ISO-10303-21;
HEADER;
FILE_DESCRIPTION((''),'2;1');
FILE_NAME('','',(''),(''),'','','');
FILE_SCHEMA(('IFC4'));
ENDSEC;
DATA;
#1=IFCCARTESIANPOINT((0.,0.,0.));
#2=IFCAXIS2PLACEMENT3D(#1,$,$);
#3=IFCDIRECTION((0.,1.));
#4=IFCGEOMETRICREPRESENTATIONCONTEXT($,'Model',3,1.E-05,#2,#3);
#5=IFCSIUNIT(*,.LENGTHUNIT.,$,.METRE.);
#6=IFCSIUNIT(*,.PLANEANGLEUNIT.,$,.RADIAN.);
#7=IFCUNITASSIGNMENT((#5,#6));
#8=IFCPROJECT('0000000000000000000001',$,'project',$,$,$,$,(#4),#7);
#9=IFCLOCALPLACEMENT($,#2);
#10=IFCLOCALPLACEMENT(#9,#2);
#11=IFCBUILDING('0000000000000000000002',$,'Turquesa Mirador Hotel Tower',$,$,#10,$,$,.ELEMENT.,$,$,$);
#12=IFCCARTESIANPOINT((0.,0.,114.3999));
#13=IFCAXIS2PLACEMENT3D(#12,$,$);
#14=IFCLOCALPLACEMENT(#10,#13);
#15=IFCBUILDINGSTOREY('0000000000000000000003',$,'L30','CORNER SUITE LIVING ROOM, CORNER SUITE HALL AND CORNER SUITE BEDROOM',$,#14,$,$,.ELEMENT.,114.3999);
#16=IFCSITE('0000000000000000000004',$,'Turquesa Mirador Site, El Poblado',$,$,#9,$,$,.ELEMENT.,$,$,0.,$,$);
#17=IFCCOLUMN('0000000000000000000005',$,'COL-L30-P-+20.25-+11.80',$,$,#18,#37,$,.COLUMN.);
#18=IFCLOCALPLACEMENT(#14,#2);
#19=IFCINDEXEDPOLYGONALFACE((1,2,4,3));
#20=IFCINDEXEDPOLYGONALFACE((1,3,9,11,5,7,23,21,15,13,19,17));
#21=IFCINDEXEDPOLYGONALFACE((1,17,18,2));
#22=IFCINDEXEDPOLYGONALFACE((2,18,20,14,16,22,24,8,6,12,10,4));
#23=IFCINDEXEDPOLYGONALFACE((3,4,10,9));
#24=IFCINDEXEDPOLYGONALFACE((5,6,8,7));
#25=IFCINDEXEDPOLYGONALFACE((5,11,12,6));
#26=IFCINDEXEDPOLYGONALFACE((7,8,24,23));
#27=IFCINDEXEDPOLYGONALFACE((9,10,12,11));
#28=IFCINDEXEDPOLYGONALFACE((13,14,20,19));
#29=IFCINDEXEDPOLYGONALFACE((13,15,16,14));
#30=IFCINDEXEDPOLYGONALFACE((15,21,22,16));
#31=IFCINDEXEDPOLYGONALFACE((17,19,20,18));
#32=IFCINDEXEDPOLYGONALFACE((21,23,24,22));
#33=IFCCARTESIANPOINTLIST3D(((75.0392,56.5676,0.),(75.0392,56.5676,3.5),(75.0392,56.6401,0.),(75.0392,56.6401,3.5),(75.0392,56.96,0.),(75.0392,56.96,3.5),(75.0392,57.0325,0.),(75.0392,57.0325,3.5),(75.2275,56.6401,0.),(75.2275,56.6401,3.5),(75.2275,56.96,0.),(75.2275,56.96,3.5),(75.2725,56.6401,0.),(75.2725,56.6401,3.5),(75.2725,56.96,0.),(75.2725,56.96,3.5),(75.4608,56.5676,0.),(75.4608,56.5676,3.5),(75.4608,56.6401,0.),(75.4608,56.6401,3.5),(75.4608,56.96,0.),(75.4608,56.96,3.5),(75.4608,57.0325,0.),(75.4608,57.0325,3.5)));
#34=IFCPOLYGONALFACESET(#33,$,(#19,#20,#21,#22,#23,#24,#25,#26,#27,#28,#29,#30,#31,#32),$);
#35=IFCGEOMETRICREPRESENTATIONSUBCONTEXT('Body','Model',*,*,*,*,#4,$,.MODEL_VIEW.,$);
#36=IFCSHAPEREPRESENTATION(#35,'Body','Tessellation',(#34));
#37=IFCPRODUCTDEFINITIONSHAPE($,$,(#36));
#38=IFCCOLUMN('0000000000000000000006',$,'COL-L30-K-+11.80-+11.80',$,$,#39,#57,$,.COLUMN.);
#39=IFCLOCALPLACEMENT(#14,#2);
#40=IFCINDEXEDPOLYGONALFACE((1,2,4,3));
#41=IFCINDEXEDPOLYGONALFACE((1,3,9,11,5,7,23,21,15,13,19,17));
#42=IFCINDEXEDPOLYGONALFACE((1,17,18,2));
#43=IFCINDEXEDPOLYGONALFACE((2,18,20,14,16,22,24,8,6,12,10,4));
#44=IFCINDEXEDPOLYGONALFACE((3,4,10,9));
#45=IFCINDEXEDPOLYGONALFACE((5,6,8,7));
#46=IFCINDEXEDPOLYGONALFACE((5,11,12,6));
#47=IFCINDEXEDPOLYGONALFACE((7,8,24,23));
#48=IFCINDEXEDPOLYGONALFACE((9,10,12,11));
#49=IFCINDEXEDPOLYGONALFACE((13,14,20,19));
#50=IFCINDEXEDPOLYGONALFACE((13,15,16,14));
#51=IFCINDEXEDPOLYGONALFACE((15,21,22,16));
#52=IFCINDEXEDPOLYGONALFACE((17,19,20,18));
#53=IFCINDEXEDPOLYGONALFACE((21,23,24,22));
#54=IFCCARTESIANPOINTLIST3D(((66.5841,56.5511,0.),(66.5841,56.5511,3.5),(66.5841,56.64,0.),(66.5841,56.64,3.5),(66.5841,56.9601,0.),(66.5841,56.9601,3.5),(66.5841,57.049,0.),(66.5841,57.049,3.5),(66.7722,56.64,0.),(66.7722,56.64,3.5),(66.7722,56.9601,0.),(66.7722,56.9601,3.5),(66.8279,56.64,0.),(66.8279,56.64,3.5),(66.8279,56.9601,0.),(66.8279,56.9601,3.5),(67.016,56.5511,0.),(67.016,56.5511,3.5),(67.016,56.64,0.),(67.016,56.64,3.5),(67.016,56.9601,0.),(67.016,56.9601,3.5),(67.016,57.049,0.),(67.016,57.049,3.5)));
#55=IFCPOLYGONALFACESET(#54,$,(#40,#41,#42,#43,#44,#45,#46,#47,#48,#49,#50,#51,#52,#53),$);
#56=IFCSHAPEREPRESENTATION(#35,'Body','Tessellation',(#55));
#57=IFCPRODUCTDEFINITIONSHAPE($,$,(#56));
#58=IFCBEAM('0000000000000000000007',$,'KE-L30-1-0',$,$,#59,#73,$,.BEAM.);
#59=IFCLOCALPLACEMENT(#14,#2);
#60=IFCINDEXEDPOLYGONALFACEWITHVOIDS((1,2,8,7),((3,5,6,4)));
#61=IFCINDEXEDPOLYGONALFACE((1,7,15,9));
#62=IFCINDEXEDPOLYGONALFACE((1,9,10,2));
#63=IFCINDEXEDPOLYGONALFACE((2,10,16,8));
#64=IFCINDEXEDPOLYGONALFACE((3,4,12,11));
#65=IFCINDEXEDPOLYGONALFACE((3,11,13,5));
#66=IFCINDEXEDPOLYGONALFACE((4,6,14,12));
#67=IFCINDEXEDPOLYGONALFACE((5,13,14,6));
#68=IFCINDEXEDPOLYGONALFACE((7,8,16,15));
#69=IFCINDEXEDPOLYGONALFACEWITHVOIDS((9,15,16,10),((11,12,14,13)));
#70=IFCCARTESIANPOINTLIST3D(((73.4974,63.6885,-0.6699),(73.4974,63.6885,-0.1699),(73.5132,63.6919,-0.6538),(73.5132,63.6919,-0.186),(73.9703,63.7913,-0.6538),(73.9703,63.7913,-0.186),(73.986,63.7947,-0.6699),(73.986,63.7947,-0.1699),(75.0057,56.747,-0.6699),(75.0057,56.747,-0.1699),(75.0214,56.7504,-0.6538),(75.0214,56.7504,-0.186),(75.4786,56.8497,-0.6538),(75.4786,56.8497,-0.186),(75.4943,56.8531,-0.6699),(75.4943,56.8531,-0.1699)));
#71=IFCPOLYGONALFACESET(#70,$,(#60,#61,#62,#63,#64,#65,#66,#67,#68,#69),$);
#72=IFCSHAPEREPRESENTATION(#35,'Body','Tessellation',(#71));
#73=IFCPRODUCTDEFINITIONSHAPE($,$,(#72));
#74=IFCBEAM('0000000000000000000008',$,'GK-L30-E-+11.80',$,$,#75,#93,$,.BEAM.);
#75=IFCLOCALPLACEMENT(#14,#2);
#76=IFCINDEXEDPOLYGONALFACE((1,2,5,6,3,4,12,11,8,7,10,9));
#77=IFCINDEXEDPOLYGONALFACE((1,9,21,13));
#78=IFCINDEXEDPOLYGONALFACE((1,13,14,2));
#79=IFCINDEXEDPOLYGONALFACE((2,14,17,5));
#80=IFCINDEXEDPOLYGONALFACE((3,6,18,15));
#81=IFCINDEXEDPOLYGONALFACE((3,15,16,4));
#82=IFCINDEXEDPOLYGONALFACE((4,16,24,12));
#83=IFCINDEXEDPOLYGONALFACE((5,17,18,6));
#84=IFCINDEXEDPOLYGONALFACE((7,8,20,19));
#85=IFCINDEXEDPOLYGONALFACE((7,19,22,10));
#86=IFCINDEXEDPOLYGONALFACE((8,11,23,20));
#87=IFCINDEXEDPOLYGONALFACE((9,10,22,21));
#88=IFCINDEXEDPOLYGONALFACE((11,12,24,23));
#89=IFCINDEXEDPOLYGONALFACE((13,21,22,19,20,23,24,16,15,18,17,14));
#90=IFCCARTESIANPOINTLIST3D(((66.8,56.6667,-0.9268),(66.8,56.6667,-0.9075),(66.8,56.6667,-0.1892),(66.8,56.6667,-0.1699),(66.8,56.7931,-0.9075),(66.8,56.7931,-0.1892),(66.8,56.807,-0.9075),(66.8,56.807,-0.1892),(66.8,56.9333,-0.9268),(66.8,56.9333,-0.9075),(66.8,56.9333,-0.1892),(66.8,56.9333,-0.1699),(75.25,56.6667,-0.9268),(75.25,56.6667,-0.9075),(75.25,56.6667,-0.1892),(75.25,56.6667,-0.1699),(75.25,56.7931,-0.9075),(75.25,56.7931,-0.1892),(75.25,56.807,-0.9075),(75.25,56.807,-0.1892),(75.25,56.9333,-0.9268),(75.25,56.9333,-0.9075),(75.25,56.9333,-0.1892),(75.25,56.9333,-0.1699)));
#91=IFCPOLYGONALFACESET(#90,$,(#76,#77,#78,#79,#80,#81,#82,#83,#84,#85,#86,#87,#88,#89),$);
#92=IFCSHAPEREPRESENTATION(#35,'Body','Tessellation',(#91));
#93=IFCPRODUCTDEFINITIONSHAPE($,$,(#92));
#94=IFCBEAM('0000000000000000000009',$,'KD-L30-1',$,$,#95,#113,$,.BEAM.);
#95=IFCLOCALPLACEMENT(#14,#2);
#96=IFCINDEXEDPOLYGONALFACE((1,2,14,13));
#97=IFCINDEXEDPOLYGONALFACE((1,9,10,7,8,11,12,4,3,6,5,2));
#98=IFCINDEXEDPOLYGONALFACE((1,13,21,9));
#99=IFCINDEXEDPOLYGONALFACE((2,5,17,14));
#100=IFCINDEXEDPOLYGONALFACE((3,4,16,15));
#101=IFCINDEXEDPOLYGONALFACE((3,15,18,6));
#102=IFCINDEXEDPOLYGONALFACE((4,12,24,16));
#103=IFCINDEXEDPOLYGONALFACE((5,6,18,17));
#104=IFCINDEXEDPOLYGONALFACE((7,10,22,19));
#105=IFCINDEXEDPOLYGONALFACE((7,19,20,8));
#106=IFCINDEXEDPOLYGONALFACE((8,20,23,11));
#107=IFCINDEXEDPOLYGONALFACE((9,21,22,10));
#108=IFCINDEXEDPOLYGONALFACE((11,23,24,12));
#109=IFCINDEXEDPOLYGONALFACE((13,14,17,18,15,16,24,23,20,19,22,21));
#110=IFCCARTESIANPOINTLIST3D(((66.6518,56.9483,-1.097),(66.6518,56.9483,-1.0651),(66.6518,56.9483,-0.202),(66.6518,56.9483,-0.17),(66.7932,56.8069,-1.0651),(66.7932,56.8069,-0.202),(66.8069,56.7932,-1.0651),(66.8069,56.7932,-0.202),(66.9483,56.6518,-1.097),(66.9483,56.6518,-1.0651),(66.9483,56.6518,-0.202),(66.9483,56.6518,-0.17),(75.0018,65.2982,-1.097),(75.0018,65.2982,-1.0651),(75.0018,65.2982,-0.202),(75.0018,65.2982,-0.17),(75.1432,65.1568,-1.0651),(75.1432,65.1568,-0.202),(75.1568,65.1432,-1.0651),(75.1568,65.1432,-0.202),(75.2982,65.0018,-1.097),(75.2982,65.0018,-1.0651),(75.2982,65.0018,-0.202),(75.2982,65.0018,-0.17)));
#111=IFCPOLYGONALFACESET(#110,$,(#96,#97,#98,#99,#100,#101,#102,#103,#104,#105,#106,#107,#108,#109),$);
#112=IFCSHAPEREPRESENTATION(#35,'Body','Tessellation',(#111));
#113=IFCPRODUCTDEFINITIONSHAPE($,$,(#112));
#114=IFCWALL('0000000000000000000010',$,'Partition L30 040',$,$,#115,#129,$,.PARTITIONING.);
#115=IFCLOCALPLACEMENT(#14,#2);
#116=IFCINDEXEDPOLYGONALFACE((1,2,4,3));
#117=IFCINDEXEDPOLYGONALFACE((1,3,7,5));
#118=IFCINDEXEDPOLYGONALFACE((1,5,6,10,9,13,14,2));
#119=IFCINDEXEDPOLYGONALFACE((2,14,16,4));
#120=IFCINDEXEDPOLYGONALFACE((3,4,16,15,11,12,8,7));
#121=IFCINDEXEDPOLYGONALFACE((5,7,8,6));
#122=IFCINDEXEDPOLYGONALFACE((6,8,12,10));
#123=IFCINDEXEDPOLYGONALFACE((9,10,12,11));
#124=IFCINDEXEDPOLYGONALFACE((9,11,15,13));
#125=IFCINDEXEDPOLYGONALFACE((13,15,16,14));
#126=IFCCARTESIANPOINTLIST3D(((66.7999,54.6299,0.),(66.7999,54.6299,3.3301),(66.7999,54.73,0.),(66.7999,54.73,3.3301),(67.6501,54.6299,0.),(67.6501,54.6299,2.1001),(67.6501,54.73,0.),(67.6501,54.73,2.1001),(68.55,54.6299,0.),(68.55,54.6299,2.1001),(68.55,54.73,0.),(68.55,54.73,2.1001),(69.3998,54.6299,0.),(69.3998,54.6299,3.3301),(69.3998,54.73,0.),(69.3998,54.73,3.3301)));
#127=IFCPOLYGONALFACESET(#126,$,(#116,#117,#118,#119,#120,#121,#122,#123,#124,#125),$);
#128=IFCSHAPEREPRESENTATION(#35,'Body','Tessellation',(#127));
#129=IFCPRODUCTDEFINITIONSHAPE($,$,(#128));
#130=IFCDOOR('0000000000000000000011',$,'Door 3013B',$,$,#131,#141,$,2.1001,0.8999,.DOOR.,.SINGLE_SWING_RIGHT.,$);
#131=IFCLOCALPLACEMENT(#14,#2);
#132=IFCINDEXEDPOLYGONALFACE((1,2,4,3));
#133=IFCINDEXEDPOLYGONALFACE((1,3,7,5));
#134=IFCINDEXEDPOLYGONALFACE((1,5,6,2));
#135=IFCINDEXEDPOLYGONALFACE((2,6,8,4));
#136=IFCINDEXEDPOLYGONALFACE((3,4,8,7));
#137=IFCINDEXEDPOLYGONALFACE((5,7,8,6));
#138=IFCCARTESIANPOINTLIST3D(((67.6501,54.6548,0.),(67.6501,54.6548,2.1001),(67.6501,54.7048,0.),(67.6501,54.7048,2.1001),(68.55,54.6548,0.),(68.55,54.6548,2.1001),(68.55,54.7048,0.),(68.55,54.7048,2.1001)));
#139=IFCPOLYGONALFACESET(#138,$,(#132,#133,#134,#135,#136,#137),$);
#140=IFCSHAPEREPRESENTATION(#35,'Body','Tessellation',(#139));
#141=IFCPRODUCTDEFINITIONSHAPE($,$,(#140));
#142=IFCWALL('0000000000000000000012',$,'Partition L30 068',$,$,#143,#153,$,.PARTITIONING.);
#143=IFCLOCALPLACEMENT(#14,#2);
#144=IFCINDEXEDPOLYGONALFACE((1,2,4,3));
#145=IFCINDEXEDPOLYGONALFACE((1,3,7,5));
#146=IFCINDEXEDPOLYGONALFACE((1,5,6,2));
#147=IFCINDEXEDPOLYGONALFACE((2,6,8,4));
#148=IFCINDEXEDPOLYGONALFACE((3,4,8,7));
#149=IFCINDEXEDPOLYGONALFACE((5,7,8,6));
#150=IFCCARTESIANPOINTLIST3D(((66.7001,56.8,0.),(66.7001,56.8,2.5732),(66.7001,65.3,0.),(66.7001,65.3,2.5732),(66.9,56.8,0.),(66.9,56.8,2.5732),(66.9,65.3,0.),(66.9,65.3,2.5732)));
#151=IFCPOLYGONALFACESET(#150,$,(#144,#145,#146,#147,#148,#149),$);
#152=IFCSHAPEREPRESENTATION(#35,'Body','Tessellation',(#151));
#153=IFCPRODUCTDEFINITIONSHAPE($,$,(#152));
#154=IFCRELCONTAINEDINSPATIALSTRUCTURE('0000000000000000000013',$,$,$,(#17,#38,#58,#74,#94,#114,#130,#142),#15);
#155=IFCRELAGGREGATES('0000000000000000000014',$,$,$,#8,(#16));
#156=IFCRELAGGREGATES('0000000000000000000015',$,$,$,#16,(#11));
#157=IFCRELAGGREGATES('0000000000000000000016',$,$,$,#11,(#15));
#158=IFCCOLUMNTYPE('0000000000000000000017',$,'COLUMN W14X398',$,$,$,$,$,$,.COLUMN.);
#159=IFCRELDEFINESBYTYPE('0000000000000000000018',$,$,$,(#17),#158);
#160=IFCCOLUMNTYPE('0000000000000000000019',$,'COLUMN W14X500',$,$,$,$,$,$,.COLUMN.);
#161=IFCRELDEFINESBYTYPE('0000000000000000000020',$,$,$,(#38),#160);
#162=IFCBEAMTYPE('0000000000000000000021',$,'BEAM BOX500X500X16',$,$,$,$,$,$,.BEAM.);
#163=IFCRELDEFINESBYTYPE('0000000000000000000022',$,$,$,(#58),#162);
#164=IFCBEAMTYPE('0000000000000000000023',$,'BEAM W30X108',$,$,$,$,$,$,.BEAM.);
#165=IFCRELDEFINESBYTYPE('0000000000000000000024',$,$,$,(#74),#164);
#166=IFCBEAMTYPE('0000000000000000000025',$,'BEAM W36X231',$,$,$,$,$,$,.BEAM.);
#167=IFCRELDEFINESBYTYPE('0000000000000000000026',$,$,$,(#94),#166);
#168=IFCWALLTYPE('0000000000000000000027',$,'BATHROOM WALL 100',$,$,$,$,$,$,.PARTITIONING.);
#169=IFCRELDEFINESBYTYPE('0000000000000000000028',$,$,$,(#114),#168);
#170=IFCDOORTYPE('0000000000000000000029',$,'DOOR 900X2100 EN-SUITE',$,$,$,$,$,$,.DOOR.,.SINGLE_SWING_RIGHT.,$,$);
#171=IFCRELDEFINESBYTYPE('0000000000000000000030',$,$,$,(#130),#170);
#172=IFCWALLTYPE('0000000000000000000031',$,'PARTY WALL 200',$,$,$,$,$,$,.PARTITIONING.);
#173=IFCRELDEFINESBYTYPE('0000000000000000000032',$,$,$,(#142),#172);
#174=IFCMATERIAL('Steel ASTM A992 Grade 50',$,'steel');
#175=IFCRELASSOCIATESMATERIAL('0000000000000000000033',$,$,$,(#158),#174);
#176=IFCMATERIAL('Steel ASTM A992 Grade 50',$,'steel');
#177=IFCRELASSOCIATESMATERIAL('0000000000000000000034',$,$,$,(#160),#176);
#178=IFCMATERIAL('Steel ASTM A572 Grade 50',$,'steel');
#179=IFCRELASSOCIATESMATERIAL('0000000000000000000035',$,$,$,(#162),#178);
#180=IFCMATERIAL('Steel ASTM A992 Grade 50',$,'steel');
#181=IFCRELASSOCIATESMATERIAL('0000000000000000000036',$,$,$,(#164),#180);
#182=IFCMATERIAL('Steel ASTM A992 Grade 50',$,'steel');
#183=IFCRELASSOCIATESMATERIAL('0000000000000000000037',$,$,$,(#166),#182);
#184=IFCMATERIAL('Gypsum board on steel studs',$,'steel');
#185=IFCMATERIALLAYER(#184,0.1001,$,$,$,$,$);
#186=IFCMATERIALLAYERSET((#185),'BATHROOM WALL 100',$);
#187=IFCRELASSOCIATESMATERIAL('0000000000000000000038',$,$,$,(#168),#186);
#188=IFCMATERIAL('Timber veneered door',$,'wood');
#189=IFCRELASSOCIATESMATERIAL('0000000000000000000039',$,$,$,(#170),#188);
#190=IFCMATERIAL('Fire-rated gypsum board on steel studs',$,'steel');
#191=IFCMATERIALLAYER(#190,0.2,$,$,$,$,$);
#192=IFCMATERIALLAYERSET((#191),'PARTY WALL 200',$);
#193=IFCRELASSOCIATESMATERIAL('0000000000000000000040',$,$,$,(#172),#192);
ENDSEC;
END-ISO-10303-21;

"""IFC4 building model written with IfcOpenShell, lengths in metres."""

from ifc_helpers import new_model, si_unit, direction, frame, frame_2d, origin, origin_2d, place, context, subcontext, project, spatial, rectangle, hollow_rectangle, i_section, extrude, material, layer, layer_set, material_profile, profile_set, type_object, element, fill, save


model = new_model("IFC4")

# Units and contexts
model_context = context("Model", 3, precision=1e-05, world=origin(), true_north=direction((0.0, 1.0)))
body_context = subcontext(model_context, "Body", "Model", "MODEL_VIEW")
ifc_project = project(units=[si_unit("LENGTHUNIT", "METRE"), si_unit("PLANEANGLEUNIT", "RADIAN")], contexts=[model_context])

# Site, building, storey
site_placement = place(None, origin())
site = spatial("IfcSite", under=ifc_project, at=site_placement, Name="Turquesa Mirador Site, El Poblado", CompositionType="ELEMENT", RefElevation=0.0)
building_placement = place(site_placement, origin())
building = spatial("IfcBuilding", under=site, at=building_placement, Name="Turquesa Mirador Hotel Tower", CompositionType="ELEMENT")
storey_placement = place(building_placement, frame((0.0, 0.0, 114.3999)))
storey = spatial("IfcBuildingStorey", under=building, at=storey_placement, Name="L30", Description="CORNER SUITE LIVING ROOM, CORNER SUITE HALL AND CORNER SUITE BEDROOM", CompositionType="ELEMENT", Elevation=114.3999)

# Columns
ifc_material_1 = material(Name="Steel ASTM A992 Grade 50", Category="steel")
ifc_material_profile_1 = material_profile(ifc_material_1, i_section(OverallWidth=0.4216, OverallDepth=0.4648, WebThickness=0.0449, FlangeThickness=0.0725, at=origin_2d()), Name="W14X398")
ifc_profile_set_1 = profile_set([ifc_material_profile_1], Name="Steel ASTM A992 Grade 50")
column_type_1 = type_object("IfcColumnType", Name="COLUMN W14X398", PredefinedType="COLUMN", material=ifc_profile_set_1)
column_1_placement = place(storey_placement, frame((75.25, 56.8, 0.0), z_axis=(0.0, 0.0, 1.0), x_axis=(1.0, 0.0, 0.0)))
element("IfcColumn", 1, at=column_1_placement, inside=storey, type_object=column_type_1, Name="COL-L30-P-+20.25-+11.80", PredefinedType="COLUMN", context=body_context, shape_type="SweptSolid", body=[
    extrude(i_section(OverallWidth=0.4216, OverallDepth=0.4648, WebThickness=0.0449, FlangeThickness=0.0725, at=origin_2d()), origin(), (0.0, 0.0, 1.0), 3.5),
])
ifc_material_2 = material(Name="Steel ASTM A992 Grade 50", Category="steel")
ifc_material_profile_2 = material_profile(ifc_material_2, i_section(OverallWidth=0.4319, OverallDepth=0.4978, WebThickness=0.0557, FlangeThickness=0.0889, at=origin_2d()), Name="W14X500")
ifc_profile_set_2 = profile_set([ifc_material_profile_2], Name="Steel ASTM A992 Grade 50")
column_type_2 = type_object("IfcColumnType", Name="COLUMN W14X500", PredefinedType="COLUMN", material=ifc_profile_set_2)
column_2_placement = place(storey_placement, frame((66.8, 56.8, 0.0), z_axis=(0.0, 0.0, 1.0), x_axis=(1.0, 0.0, 0.0)))
element("IfcColumn", 2, at=column_2_placement, inside=storey, type_object=column_type_2, Name="COL-L30-K-+11.80-+11.80", PredefinedType="COLUMN", context=body_context, shape_type="SweptSolid", body=[
    extrude(i_section(OverallWidth=0.4319, OverallDepth=0.4978, WebThickness=0.0557, FlangeThickness=0.0889, at=origin_2d()), origin(), (0.0, 0.0, 1.0), 3.5),
])

# Beams
ifc_material_3 = material(Name="Steel ASTM A572 Grade 50", Category="steel")
ifc_material_profile_3 = material_profile(ifc_material_3, hollow_rectangle(XDim=0.5, YDim=0.5, WallThickness=0.0161, at=origin_2d()), Name="BOX500X500X16")
ifc_profile_set_3 = profile_set([ifc_material_profile_3], Name="Steel ASTM A572 Grade 50")
beam_type_1 = type_object("IfcBeamType", Name="BEAM BOX500X500X16", PredefinedType="BEAM", material=ifc_profile_set_3)
beam_1_placement = place(storey_placement, frame((75.25, 56.8, -0.4199), z_axis=(-0.212328, 0.977198, 0.0), x_axis=(-0.977198, -0.212328, 0.0)))
element("IfcBeam", 3, at=beam_1_placement, inside=storey, type_object=beam_type_1, Name="KE-L30-1-0", PredefinedType="BEAM", context=body_context, shape_type="SweptSolid", body=[
    extrude(hollow_rectangle(XDim=0.5, YDim=0.5, WallThickness=0.0161, at=origin_2d()), origin(), (0.0, 0.0, 1.0), 7.1035),
])
ifc_material_4 = material(Name="Steel ASTM A992 Grade 50", Category="steel")
ifc_material_profile_4 = material_profile(ifc_material_4, i_section(OverallWidth=0.2666, OverallDepth=0.7568, WebThickness=0.0139, FlangeThickness=0.0193, at=origin_2d()), Name="W30X108")
ifc_profile_set_4 = profile_set([ifc_material_profile_4], Name="Steel ASTM A992 Grade 50")
beam_type_2 = type_object("IfcBeamType", Name="BEAM W30X108", PredefinedType="BEAM", material=ifc_profile_set_4)
beam_2_placement = place(storey_placement, frame((75.25, 56.8, -0.5483), z_axis=(-1.0, 0.0, 0.0), x_axis=(0.0, -1.0, 0.0)))
element("IfcBeam", 4, at=beam_2_placement, inside=storey, type_object=beam_type_2, Name="GK-L30-E-+11.80", PredefinedType="BEAM", context=body_context, shape_type="SweptSolid", body=[
    extrude(i_section(OverallWidth=0.2666, OverallDepth=0.7568, WebThickness=0.0139, FlangeThickness=0.0193, at=origin_2d()), origin(), (0.0, 0.0, 1.0), 8.45),
])
ifc_material_5 = material(Name="Steel ASTM A992 Grade 50", Category="steel")
ifc_material_profile_5 = material_profile(ifc_material_5, i_section(OverallWidth=0.4192, OverallDepth=0.927, WebThickness=0.0193, FlangeThickness=0.032, at=origin_2d()), Name="W36X231")
ifc_profile_set_5 = profile_set([ifc_material_profile_5], Name="Steel ASTM A992 Grade 50")
beam_type_3 = type_object("IfcBeamType", Name="BEAM W36X231", PredefinedType="BEAM", material=ifc_profile_set_5)
beam_3_placement = place(storey_placement, frame((66.8, 56.8, -0.6335), z_axis=(0.707107, 0.707107, 0.0), x_axis=(-0.707107, 0.707107, 0.0)))
element("IfcBeam", 5, at=beam_3_placement, inside=storey, type_object=beam_type_3, Name="KD-L30-1", PredefinedType="BEAM", context=body_context, shape_type="SweptSolid", body=[
    extrude(i_section(OverallWidth=0.4192, OverallDepth=0.927, WebThickness=0.0193, FlangeThickness=0.032, at=origin_2d()), origin(), (0.0, 0.0, 1.0), 11.8086),
])

# Wall, opening, door
ifc_material_6 = material(Name="Gypsum board on steel studs", Category="steel")
ifc_layer_1 = layer(ifc_material_6, 0.1001)
ifc_layer_set_1 = layer_set([ifc_layer_1], Name="BATHROOM WALL 100")
wall_type_1 = type_object("IfcWallType", Name="BATHROOM WALL 100", PredefinedType="PARTITIONING", material=ifc_layer_set_1)
wall_1_placement = place(storey_placement, frame((66.8, 54.6799, 0.0), z_axis=(0.0, 0.0, 1.0), x_axis=(1.0, 0.0, 0.0)))
wall_1 = element("IfcWall", 6, at=wall_1_placement, inside=storey, type_object=wall_type_1, Name="Partition L30 040", PredefinedType="PARTITIONING", context=body_context, shape_type="SweptSolid", body=[
    extrude(rectangle(XDim=2.5999, YDim=0.1001, at=frame_2d((1.2998, 0.0))), origin(), (0.0, 0.0, 1.0), 3.3301),
])
opening_1_placement = place(wall_1_placement, frame((0.8501, 0.0, 0.0)))
opening_1 = element("IfcOpeningElement", 7, at=opening_1_placement, cuts=wall_1, PredefinedType="OPENING", context=body_context, shape_type="SweptSolid", body=[
    extrude(rectangle(XDim=0.8999, YDim=2.1001, at=frame_2d((0.45, 1.05))), frame((0.0, 0.0601, 0.0), z_axis=(0.0, -1.0, 0.0), x_axis=(1.0, 0.0, 0.0)), (0.0, 0.0, 1.0), 0.1201),
])
ifc_material_7 = material(Name="Timber veneered door", Category="wood")
door_type_1 = type_object("IfcDoorType", Name="DOOR 900X2100 EN-SUITE", OperationType="SINGLE_SWING_RIGHT", PredefinedType="DOOR", material=ifc_material_7)
door_1_placement = place(opening_1_placement, origin())
door_1 = element("IfcDoor", 8, at=door_1_placement, inside=storey, type_object=door_type_1, Name="Door 3013B", OperationType="SINGLE_SWING_RIGHT", OverallHeight=2.1001, OverallWidth=0.8999, PredefinedType="DOOR", context=body_context, shape_type="SweptSolid", body=[
    extrude(rectangle(XDim=0.8999, YDim=2.1001, at=frame_2d((0.45, 1.05))), frame((0.0, 0.0249, 0.0), z_axis=(0.0, -1.0, 0.0), x_axis=(1.0, 0.0, 0.0)), (0.0, 0.0, 1.0), 0.05),
])
fill(opening_1, door_1)

# Wall
ifc_material_8 = material(Name="Fire-rated gypsum board on steel studs", Category="steel")
ifc_layer_2 = layer(ifc_material_8, 0.2)
ifc_layer_set_2 = layer_set([ifc_layer_2], Name="PARTY WALL 200")
wall_type_2 = type_object("IfcWallType", Name="PARTY WALL 200", PredefinedType="PARTITIONING", material=ifc_layer_set_2)
wall_2_placement = place(storey_placement, frame((66.8, 56.8, 0.0), z_axis=(0.0, 0.0, 1.0), x_axis=(0.0, 1.0, 0.0)))
element("IfcWall", 9, at=wall_2_placement, inside=storey, type_object=wall_type_2, Name="Partition L30 068", PredefinedType="PARTITIONING", context=body_context, shape_type="SweptSolid", body=[
    extrude(rectangle(XDim=8.5, YDim=0.2, at=frame_2d((4.25, 0.0))), origin(), (0.0, 0.0, 1.0), 2.5732),
])

save(model, "model.ifc")
